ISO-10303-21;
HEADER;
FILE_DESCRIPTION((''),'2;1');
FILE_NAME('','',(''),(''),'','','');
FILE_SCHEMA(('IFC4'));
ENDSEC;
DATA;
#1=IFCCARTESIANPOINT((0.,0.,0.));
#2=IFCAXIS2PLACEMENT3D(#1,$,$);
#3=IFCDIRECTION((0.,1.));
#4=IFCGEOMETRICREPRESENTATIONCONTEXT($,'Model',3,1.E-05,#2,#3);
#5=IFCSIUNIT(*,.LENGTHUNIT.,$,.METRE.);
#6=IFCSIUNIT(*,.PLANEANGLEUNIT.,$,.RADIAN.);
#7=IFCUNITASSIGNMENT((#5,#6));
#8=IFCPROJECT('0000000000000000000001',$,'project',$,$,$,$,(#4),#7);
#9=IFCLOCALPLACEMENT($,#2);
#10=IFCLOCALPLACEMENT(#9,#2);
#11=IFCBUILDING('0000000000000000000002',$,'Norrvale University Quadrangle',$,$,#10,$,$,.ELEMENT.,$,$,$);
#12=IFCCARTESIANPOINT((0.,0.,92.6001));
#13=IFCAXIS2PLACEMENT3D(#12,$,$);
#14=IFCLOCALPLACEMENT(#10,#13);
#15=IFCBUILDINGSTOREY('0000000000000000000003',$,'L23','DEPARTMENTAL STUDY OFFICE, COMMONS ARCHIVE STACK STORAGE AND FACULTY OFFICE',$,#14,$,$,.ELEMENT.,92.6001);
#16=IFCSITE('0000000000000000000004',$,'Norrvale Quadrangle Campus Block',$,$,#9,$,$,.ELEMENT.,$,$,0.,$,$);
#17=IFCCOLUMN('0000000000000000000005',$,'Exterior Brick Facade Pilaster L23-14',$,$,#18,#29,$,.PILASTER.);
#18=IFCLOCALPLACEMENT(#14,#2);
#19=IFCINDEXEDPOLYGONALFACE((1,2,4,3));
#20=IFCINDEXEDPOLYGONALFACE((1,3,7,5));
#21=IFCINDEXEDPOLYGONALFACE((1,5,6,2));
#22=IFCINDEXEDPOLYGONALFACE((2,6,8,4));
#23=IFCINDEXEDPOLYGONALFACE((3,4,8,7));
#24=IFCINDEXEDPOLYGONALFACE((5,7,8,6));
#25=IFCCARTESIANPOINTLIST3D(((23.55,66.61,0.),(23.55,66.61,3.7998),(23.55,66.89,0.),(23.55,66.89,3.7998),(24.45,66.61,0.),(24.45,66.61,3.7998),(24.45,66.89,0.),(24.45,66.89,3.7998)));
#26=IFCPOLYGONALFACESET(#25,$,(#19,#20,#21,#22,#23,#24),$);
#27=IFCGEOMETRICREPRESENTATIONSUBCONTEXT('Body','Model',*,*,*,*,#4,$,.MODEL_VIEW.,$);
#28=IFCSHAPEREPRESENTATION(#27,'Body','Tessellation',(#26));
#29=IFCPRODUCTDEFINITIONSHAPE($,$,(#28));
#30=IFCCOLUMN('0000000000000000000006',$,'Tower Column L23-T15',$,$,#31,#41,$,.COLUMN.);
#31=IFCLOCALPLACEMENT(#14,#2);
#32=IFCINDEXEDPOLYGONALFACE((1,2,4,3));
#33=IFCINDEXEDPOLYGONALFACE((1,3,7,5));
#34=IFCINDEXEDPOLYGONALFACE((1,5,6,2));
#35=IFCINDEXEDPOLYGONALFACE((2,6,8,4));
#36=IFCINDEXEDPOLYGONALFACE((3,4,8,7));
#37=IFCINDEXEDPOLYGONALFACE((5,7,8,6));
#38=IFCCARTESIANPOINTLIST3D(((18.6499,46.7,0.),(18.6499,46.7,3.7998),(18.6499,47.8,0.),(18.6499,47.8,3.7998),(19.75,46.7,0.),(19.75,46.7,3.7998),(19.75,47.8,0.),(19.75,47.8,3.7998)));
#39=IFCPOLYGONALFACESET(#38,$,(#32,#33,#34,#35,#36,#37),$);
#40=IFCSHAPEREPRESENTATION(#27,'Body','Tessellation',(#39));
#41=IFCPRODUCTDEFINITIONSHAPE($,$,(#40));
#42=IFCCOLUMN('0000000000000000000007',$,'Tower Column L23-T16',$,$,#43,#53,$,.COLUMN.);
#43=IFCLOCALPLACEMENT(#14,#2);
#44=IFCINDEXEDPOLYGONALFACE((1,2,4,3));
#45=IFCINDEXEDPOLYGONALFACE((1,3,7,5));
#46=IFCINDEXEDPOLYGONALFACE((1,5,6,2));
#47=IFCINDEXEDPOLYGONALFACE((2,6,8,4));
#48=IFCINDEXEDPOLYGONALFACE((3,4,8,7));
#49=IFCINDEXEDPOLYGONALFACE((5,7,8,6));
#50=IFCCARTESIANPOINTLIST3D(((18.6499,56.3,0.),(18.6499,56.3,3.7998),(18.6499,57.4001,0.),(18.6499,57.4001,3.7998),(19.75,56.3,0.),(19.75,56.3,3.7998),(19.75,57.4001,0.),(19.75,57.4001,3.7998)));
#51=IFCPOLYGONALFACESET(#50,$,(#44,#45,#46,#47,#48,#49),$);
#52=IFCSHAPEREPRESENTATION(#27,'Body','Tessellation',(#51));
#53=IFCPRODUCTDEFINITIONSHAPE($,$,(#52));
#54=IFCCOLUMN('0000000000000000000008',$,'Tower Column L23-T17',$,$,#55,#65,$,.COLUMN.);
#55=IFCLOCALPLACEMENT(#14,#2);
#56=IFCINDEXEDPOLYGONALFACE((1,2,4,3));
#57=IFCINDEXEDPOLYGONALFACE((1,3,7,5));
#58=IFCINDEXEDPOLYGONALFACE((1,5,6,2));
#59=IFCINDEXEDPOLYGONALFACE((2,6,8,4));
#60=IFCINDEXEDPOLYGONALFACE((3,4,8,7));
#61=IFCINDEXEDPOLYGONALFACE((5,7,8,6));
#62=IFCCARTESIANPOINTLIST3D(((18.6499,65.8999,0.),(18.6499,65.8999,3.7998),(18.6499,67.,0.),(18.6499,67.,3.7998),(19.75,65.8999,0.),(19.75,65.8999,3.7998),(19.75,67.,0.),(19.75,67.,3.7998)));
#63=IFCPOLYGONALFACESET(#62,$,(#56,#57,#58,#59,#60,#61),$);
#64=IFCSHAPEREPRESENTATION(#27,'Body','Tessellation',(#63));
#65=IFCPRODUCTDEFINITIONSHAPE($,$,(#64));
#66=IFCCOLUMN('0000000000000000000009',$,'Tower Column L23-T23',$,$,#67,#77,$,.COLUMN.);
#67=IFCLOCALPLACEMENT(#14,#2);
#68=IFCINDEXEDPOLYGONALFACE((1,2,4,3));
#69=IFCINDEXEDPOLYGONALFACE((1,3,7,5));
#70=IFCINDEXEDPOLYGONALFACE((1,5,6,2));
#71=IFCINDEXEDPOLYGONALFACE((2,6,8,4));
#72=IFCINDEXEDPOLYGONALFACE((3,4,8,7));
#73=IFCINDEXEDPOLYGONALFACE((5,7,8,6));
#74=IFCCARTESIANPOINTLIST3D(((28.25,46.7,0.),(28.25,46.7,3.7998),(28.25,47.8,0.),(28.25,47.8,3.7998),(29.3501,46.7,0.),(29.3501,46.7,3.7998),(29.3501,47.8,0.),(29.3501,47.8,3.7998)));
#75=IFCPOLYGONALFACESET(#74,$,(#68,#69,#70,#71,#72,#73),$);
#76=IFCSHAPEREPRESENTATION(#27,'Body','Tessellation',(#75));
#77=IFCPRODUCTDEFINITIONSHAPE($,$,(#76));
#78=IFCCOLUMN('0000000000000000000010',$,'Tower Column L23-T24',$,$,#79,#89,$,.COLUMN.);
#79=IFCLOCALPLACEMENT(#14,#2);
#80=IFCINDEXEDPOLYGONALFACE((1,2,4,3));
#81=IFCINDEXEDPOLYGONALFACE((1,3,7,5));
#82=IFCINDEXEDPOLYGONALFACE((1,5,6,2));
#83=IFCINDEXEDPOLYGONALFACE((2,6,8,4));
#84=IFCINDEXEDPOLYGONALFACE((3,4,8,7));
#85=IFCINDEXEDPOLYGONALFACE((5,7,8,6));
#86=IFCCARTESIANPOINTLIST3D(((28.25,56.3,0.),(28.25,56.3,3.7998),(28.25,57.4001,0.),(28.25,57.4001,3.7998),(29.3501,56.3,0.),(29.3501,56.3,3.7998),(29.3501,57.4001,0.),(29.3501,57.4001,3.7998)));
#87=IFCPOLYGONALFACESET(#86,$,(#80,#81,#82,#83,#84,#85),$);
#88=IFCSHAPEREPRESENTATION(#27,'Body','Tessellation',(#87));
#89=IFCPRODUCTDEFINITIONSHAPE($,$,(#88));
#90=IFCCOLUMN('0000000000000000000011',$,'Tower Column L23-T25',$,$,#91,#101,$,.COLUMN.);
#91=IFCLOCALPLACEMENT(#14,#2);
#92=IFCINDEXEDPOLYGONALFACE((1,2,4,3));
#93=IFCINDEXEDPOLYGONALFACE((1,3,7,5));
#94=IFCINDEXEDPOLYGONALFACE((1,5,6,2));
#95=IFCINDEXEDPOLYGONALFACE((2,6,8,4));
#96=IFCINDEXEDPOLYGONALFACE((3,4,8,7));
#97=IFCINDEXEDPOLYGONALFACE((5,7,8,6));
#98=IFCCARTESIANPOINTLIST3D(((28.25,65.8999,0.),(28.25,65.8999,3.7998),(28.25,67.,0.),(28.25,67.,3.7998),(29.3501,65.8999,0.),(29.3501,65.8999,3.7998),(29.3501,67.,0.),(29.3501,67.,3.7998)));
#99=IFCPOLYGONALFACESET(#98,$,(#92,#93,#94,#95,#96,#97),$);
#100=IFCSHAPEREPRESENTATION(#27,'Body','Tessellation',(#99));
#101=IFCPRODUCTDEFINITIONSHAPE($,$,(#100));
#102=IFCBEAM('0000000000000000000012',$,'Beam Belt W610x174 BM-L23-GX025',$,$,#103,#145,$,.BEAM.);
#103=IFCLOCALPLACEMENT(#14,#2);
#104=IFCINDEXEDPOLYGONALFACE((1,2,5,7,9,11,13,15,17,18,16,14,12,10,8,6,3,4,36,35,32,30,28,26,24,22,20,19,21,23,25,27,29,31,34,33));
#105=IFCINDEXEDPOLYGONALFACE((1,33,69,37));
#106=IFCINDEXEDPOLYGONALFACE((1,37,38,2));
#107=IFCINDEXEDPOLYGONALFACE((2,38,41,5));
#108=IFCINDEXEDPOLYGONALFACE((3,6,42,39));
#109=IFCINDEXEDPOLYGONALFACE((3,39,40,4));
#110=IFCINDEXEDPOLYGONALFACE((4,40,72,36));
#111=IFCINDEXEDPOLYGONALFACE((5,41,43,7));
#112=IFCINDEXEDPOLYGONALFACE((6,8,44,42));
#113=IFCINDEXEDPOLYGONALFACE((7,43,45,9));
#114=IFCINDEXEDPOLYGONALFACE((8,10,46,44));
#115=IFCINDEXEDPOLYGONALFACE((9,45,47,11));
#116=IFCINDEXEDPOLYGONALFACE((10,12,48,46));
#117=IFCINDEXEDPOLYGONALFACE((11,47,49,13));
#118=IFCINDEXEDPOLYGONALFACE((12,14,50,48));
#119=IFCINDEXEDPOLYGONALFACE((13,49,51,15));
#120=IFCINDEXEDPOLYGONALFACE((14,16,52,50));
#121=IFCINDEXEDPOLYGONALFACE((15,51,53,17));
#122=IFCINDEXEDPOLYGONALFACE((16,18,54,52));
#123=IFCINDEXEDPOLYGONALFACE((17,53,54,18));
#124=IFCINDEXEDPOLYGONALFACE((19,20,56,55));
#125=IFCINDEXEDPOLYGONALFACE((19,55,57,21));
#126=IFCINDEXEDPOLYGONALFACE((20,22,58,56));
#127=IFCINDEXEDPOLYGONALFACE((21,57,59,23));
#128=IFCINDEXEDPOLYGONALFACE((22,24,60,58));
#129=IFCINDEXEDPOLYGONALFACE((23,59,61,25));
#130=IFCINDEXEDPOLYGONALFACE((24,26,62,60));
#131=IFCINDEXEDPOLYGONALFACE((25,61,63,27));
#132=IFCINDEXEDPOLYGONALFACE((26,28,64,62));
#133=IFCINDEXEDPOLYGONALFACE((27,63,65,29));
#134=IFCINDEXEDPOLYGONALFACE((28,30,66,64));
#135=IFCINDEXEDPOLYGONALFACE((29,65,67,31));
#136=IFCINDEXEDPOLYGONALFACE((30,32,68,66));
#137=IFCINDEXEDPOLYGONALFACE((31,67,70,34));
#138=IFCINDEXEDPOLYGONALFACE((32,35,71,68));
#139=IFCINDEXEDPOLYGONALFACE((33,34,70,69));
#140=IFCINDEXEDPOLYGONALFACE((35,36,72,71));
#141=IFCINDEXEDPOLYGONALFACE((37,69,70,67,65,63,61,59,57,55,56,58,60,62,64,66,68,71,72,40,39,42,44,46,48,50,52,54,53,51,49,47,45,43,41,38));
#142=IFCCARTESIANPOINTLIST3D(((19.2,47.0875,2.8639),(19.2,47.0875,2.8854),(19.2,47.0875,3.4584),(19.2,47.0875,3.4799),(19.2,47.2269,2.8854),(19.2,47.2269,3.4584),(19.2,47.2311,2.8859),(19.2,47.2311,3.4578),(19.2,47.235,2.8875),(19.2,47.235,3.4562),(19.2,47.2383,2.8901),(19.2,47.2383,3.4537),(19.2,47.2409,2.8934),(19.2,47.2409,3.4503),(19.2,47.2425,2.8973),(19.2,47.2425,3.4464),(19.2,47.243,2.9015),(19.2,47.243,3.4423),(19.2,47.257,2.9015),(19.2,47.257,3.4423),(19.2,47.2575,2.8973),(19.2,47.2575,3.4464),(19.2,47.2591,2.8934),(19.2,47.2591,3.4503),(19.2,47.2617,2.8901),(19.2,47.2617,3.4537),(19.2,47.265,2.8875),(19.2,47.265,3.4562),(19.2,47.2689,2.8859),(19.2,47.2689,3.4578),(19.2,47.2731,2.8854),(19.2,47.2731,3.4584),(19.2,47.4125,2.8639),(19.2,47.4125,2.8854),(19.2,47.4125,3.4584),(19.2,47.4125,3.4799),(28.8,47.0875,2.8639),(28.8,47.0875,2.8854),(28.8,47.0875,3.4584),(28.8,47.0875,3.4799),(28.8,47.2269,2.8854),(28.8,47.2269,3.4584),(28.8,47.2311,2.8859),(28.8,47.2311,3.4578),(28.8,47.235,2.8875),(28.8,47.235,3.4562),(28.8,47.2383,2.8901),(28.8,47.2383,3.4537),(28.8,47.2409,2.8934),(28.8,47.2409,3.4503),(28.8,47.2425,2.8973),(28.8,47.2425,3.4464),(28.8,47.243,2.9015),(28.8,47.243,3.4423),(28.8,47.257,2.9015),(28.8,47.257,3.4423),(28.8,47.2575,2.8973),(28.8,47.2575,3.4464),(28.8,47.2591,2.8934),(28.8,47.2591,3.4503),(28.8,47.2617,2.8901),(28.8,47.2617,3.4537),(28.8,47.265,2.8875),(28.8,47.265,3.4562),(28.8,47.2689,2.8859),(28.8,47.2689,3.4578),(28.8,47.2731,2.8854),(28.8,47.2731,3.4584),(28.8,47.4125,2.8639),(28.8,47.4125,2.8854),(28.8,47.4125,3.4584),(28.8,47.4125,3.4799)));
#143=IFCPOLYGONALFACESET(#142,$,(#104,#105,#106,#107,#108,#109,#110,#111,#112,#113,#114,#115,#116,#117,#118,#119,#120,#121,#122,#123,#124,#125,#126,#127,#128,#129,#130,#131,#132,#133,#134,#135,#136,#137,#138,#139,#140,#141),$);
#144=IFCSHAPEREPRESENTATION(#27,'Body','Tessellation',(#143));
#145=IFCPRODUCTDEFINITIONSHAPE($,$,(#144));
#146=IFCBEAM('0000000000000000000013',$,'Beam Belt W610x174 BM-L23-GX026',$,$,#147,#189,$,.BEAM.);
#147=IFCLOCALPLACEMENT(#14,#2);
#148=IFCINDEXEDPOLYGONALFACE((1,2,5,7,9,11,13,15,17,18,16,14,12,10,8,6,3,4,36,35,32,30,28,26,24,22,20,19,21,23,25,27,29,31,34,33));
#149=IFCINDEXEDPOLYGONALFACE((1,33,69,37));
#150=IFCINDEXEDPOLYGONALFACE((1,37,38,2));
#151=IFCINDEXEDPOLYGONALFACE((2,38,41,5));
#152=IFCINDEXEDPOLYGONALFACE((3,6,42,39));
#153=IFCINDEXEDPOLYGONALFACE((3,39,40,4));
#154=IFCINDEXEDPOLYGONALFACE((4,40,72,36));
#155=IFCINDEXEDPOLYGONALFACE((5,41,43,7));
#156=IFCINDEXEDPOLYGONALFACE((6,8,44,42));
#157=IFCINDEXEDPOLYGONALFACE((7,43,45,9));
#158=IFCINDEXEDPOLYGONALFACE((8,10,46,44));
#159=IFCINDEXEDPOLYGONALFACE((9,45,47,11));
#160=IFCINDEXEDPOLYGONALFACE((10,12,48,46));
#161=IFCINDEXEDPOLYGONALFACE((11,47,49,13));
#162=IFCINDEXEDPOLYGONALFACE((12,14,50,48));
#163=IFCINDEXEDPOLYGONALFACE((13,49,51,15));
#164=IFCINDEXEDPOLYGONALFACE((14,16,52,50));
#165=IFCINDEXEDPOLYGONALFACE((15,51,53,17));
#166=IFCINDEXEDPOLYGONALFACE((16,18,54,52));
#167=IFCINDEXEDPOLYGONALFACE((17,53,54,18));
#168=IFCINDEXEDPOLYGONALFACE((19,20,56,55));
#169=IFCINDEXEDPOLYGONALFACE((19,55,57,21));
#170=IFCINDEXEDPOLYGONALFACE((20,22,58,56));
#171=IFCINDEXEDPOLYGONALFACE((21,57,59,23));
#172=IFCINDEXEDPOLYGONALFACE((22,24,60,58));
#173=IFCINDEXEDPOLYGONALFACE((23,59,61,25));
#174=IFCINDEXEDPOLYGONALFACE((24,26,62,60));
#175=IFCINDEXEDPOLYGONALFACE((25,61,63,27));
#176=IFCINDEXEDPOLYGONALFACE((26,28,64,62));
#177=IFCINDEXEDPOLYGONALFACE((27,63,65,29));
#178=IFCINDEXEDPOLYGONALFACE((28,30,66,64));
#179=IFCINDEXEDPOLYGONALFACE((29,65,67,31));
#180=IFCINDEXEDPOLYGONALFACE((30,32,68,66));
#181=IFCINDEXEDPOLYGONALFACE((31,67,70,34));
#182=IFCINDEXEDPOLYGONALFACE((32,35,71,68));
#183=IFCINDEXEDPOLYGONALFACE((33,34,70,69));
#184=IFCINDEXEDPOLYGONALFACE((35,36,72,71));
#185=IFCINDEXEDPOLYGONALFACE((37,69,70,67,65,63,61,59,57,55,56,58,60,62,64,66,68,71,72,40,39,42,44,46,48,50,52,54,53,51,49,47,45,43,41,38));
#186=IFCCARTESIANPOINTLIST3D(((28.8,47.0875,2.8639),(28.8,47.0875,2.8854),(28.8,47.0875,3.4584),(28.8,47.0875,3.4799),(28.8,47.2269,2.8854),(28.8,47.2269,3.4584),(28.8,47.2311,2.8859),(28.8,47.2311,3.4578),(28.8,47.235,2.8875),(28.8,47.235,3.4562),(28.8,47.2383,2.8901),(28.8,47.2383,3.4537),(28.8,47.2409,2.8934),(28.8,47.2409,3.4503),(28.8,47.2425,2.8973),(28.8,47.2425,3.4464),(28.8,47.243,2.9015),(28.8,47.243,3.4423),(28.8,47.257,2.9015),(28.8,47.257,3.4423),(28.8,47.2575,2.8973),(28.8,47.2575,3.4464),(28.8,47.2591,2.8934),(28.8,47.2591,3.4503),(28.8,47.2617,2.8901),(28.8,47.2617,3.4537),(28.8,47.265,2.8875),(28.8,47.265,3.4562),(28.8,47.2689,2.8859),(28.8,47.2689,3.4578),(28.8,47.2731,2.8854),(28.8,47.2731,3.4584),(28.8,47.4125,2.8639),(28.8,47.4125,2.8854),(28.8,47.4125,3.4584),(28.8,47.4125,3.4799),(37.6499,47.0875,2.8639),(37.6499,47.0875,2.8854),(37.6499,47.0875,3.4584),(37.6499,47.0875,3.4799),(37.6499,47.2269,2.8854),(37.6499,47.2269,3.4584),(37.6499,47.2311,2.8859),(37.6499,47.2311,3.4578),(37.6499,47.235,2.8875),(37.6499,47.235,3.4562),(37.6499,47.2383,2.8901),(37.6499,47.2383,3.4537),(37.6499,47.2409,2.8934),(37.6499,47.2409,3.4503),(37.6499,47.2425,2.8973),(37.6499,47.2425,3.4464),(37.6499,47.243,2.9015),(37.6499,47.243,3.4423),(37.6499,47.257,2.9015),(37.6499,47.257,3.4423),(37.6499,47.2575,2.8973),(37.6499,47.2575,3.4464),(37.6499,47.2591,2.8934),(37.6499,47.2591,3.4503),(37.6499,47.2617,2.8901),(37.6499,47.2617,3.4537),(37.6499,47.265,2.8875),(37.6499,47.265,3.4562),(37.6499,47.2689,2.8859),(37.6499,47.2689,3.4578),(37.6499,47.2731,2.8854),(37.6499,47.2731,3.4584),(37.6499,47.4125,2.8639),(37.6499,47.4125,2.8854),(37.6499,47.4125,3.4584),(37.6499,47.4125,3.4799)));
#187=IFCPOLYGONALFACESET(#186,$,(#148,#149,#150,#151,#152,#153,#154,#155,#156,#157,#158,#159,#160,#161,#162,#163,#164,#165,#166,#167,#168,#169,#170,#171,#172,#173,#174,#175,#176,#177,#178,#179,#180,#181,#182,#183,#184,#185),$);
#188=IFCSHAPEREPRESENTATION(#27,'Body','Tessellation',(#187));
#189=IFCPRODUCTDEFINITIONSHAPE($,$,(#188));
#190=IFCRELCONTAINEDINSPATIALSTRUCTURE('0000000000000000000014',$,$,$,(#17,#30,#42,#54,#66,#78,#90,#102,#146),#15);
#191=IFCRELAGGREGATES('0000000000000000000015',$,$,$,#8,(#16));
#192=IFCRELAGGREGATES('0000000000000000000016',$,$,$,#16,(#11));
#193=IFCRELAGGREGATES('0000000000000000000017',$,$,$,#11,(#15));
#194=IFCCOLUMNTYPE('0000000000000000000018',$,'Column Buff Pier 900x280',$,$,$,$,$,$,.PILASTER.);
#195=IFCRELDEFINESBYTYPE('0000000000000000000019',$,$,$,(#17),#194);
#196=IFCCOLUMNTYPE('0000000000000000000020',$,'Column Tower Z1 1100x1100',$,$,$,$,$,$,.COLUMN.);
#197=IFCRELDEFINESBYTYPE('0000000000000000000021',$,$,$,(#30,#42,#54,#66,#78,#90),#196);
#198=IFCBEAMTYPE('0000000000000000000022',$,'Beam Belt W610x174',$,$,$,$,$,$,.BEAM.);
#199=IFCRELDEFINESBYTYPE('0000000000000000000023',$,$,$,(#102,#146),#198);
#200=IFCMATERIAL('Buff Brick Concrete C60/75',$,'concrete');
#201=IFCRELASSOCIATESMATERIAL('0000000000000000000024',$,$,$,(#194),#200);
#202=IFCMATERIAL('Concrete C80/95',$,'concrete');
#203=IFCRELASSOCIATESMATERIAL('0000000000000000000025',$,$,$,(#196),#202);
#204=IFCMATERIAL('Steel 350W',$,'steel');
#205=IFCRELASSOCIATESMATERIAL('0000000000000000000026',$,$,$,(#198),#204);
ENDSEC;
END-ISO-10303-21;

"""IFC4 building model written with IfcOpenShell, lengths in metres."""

from ifc_helpers import new_model, si_unit, direction, frame, origin, origin_2d, place, context, subcontext, project, spatial, rectangle, i_section, extrude, material, material_profile, profile_set, type_object, element, save


model = new_model("IFC4")

# Units and contexts
model_context = context("Model", 3, precision=1e-05, world=origin(), true_north=direction((0.0, 1.0)))
body_context = subcontext(model_context, "Body", "Model", "MODEL_VIEW")
ifc_project = project(units=[si_unit("LENGTHUNIT", "METRE"), si_unit("PLANEANGLEUNIT", "RADIAN")], contexts=[model_context])

# Site, building, storey
site_placement = place(None, origin())
site = spatial("IfcSite", under=ifc_project, at=site_placement, Name="Norrvale Quadrangle Campus Block", CompositionType="ELEMENT", RefElevation=0.0)
building_placement = place(site_placement, origin())
building = spatial("IfcBuilding", under=site, at=building_placement, Name="Norrvale University Quadrangle", CompositionType="ELEMENT")
storey_placement = place(building_placement, frame((0.0, 0.0, 92.6001)))
storey = spatial("IfcBuildingStorey", under=building, at=storey_placement, Name="L23", Description="DEPARTMENTAL STUDY OFFICE, COMMONS ARCHIVE STACK STORAGE AND FACULTY OFFICE", CompositionType="ELEMENT", Elevation=92.6001)

# Columns
ifc_material_1 = material(Name="Buff Brick Concrete C60/75", Category="concrete")
ifc_material_profile_1 = material_profile(ifc_material_1, rectangle(XDim=0.8999, YDim=0.28, at=origin_2d()), Name="Buff Brick Concrete C60/75")
ifc_profile_set_1 = profile_set([ifc_material_profile_1], Name="Buff Brick Concrete C60/75")
column_type_1 = type_object("IfcColumnType", Name="Column Buff Pier 900x280", PredefinedType="PILASTER", material=ifc_profile_set_1)
column_placement = place(storey_placement, frame((24.0, 66.75, 0.0), z_axis=(0.0, 0.0, 1.0), x_axis=(1.0, 0.0, 0.0)))
element("IfcColumn", 1, at=column_placement, inside=storey, type_object=column_type_1, Name="Exterior Brick Facade Pilaster L23-14", PredefinedType="PILASTER", context=body_context, shape_type="SweptSolid", body=[
    extrude(rectangle(XDim=0.8999, YDim=0.28, at=origin_2d()), origin(), (0.0, 0.0, 1.0), 3.7998),
])
ifc_material_2 = material(Name="Concrete C80/95", Category="concrete")
ifc_material_profile_2 = material_profile(ifc_material_2, rectangle(XDim=1.1001, YDim=1.1001, at=origin_2d()), Name="Concrete C80/95")
ifc_profile_set_2 = profile_set([ifc_material_profile_2], Name="Concrete C80/95")
column_type_2 = type_object("IfcColumnType", Name="Column Tower Z1 1100x1100", PredefinedType="COLUMN", material=ifc_profile_set_2)
for number, where, z_axis, x_axis, name in (
    (2, (19.2, 47.25, 0.0), (0.0, 0.0, 1.0), (1.0, 0.0, 0.0), "Tower Column L23-T15"),
    (3, (19.2, 56.8501, 0.0), (0.0, 0.0, 1.0), (1.0, 0.0, 0.0), "Tower Column L23-T16"),
    (4, (19.2, 66.45, 0.0), (0.0, 0.0, 1.0), (1.0, 0.0, 0.0), "Tower Column L23-T17"),
    (5, (28.8, 47.25, 0.0), (0.0, 0.0, 1.0), (1.0, 0.0, 0.0), "Tower Column L23-T23"),
    (6, (28.8, 56.8501, 0.0), (0.0, 0.0, 1.0), (1.0, 0.0, 0.0), "Tower Column L23-T24"),
    (7, (28.8, 66.45, 0.0), (0.0, 0.0, 1.0), (1.0, 0.0, 0.0), "Tower Column L23-T25"),
):
    element("IfcColumn", number, at=place(storey_placement, frame(where, z_axis=z_axis, x_axis=x_axis)), inside=storey, type_object=column_type_2, Name=name, PredefinedType="COLUMN", context=body_context, shape_type="SweptSolid", body=[
        extrude(rectangle(XDim=1.1001, YDim=1.1001, at=origin_2d()), origin(), (0.0, 0.0, 1.0), 3.7998),
    ])

# Beams
ifc_material_3 = material(Name="Steel 350W", Category="steel")
ifc_material_profile_3 = material_profile(ifc_material_3, i_section(OverallWidth=0.325, OverallDepth=0.616, WebThickness=0.0139, FlangeThickness=0.0215, FilletRadius=0.0161, at=origin_2d()), Name="Steel 350W")
ifc_profile_set_3 = profile_set([ifc_material_profile_3], Name="Steel 350W")
beam_type_1 = type_object("IfcBeamType", Name="Beam Belt W610x174", PredefinedType="BEAM", material=ifc_profile_set_3)
beam_1_placement = place(storey_placement, frame((19.2, 47.25, 3.1719), z_axis=(1.0, 0.0, 0.0), x_axis=(0.0, 1.0, 0.0)))
element("IfcBeam", 8, at=beam_1_placement, inside=storey, type_object=beam_type_1, Name="Beam Belt W610x174 BM-L23-GX025", PredefinedType="BEAM", context=body_context, shape_type="SweptSolid", body=[
    extrude(i_section(OverallWidth=0.325, OverallDepth=0.616, WebThickness=0.0139, FlangeThickness=0.0215, FilletRadius=0.0161, at=origin_2d()), origin(), (0.0, 0.0, 1.0), 9.6001),
])
beam_2_placement = place(storey_placement, frame((28.8, 47.25, 3.1719), z_axis=(1.0, 0.0, 0.0), x_axis=(0.0, 1.0, 0.0)))
element("IfcBeam", 9, at=beam_2_placement, inside=storey, type_object=beam_type_1, Name="Beam Belt W610x174 BM-L23-GX026", PredefinedType="BEAM", context=body_context, shape_type="SweptSolid", body=[
    extrude(i_section(OverallWidth=0.325, OverallDepth=0.616, WebThickness=0.0139, FlangeThickness=0.0215, FilletRadius=0.0161, at=origin_2d()), origin(), (0.0, 0.0, 1.0), 8.8499),
])

save(model, "model.ifc")
